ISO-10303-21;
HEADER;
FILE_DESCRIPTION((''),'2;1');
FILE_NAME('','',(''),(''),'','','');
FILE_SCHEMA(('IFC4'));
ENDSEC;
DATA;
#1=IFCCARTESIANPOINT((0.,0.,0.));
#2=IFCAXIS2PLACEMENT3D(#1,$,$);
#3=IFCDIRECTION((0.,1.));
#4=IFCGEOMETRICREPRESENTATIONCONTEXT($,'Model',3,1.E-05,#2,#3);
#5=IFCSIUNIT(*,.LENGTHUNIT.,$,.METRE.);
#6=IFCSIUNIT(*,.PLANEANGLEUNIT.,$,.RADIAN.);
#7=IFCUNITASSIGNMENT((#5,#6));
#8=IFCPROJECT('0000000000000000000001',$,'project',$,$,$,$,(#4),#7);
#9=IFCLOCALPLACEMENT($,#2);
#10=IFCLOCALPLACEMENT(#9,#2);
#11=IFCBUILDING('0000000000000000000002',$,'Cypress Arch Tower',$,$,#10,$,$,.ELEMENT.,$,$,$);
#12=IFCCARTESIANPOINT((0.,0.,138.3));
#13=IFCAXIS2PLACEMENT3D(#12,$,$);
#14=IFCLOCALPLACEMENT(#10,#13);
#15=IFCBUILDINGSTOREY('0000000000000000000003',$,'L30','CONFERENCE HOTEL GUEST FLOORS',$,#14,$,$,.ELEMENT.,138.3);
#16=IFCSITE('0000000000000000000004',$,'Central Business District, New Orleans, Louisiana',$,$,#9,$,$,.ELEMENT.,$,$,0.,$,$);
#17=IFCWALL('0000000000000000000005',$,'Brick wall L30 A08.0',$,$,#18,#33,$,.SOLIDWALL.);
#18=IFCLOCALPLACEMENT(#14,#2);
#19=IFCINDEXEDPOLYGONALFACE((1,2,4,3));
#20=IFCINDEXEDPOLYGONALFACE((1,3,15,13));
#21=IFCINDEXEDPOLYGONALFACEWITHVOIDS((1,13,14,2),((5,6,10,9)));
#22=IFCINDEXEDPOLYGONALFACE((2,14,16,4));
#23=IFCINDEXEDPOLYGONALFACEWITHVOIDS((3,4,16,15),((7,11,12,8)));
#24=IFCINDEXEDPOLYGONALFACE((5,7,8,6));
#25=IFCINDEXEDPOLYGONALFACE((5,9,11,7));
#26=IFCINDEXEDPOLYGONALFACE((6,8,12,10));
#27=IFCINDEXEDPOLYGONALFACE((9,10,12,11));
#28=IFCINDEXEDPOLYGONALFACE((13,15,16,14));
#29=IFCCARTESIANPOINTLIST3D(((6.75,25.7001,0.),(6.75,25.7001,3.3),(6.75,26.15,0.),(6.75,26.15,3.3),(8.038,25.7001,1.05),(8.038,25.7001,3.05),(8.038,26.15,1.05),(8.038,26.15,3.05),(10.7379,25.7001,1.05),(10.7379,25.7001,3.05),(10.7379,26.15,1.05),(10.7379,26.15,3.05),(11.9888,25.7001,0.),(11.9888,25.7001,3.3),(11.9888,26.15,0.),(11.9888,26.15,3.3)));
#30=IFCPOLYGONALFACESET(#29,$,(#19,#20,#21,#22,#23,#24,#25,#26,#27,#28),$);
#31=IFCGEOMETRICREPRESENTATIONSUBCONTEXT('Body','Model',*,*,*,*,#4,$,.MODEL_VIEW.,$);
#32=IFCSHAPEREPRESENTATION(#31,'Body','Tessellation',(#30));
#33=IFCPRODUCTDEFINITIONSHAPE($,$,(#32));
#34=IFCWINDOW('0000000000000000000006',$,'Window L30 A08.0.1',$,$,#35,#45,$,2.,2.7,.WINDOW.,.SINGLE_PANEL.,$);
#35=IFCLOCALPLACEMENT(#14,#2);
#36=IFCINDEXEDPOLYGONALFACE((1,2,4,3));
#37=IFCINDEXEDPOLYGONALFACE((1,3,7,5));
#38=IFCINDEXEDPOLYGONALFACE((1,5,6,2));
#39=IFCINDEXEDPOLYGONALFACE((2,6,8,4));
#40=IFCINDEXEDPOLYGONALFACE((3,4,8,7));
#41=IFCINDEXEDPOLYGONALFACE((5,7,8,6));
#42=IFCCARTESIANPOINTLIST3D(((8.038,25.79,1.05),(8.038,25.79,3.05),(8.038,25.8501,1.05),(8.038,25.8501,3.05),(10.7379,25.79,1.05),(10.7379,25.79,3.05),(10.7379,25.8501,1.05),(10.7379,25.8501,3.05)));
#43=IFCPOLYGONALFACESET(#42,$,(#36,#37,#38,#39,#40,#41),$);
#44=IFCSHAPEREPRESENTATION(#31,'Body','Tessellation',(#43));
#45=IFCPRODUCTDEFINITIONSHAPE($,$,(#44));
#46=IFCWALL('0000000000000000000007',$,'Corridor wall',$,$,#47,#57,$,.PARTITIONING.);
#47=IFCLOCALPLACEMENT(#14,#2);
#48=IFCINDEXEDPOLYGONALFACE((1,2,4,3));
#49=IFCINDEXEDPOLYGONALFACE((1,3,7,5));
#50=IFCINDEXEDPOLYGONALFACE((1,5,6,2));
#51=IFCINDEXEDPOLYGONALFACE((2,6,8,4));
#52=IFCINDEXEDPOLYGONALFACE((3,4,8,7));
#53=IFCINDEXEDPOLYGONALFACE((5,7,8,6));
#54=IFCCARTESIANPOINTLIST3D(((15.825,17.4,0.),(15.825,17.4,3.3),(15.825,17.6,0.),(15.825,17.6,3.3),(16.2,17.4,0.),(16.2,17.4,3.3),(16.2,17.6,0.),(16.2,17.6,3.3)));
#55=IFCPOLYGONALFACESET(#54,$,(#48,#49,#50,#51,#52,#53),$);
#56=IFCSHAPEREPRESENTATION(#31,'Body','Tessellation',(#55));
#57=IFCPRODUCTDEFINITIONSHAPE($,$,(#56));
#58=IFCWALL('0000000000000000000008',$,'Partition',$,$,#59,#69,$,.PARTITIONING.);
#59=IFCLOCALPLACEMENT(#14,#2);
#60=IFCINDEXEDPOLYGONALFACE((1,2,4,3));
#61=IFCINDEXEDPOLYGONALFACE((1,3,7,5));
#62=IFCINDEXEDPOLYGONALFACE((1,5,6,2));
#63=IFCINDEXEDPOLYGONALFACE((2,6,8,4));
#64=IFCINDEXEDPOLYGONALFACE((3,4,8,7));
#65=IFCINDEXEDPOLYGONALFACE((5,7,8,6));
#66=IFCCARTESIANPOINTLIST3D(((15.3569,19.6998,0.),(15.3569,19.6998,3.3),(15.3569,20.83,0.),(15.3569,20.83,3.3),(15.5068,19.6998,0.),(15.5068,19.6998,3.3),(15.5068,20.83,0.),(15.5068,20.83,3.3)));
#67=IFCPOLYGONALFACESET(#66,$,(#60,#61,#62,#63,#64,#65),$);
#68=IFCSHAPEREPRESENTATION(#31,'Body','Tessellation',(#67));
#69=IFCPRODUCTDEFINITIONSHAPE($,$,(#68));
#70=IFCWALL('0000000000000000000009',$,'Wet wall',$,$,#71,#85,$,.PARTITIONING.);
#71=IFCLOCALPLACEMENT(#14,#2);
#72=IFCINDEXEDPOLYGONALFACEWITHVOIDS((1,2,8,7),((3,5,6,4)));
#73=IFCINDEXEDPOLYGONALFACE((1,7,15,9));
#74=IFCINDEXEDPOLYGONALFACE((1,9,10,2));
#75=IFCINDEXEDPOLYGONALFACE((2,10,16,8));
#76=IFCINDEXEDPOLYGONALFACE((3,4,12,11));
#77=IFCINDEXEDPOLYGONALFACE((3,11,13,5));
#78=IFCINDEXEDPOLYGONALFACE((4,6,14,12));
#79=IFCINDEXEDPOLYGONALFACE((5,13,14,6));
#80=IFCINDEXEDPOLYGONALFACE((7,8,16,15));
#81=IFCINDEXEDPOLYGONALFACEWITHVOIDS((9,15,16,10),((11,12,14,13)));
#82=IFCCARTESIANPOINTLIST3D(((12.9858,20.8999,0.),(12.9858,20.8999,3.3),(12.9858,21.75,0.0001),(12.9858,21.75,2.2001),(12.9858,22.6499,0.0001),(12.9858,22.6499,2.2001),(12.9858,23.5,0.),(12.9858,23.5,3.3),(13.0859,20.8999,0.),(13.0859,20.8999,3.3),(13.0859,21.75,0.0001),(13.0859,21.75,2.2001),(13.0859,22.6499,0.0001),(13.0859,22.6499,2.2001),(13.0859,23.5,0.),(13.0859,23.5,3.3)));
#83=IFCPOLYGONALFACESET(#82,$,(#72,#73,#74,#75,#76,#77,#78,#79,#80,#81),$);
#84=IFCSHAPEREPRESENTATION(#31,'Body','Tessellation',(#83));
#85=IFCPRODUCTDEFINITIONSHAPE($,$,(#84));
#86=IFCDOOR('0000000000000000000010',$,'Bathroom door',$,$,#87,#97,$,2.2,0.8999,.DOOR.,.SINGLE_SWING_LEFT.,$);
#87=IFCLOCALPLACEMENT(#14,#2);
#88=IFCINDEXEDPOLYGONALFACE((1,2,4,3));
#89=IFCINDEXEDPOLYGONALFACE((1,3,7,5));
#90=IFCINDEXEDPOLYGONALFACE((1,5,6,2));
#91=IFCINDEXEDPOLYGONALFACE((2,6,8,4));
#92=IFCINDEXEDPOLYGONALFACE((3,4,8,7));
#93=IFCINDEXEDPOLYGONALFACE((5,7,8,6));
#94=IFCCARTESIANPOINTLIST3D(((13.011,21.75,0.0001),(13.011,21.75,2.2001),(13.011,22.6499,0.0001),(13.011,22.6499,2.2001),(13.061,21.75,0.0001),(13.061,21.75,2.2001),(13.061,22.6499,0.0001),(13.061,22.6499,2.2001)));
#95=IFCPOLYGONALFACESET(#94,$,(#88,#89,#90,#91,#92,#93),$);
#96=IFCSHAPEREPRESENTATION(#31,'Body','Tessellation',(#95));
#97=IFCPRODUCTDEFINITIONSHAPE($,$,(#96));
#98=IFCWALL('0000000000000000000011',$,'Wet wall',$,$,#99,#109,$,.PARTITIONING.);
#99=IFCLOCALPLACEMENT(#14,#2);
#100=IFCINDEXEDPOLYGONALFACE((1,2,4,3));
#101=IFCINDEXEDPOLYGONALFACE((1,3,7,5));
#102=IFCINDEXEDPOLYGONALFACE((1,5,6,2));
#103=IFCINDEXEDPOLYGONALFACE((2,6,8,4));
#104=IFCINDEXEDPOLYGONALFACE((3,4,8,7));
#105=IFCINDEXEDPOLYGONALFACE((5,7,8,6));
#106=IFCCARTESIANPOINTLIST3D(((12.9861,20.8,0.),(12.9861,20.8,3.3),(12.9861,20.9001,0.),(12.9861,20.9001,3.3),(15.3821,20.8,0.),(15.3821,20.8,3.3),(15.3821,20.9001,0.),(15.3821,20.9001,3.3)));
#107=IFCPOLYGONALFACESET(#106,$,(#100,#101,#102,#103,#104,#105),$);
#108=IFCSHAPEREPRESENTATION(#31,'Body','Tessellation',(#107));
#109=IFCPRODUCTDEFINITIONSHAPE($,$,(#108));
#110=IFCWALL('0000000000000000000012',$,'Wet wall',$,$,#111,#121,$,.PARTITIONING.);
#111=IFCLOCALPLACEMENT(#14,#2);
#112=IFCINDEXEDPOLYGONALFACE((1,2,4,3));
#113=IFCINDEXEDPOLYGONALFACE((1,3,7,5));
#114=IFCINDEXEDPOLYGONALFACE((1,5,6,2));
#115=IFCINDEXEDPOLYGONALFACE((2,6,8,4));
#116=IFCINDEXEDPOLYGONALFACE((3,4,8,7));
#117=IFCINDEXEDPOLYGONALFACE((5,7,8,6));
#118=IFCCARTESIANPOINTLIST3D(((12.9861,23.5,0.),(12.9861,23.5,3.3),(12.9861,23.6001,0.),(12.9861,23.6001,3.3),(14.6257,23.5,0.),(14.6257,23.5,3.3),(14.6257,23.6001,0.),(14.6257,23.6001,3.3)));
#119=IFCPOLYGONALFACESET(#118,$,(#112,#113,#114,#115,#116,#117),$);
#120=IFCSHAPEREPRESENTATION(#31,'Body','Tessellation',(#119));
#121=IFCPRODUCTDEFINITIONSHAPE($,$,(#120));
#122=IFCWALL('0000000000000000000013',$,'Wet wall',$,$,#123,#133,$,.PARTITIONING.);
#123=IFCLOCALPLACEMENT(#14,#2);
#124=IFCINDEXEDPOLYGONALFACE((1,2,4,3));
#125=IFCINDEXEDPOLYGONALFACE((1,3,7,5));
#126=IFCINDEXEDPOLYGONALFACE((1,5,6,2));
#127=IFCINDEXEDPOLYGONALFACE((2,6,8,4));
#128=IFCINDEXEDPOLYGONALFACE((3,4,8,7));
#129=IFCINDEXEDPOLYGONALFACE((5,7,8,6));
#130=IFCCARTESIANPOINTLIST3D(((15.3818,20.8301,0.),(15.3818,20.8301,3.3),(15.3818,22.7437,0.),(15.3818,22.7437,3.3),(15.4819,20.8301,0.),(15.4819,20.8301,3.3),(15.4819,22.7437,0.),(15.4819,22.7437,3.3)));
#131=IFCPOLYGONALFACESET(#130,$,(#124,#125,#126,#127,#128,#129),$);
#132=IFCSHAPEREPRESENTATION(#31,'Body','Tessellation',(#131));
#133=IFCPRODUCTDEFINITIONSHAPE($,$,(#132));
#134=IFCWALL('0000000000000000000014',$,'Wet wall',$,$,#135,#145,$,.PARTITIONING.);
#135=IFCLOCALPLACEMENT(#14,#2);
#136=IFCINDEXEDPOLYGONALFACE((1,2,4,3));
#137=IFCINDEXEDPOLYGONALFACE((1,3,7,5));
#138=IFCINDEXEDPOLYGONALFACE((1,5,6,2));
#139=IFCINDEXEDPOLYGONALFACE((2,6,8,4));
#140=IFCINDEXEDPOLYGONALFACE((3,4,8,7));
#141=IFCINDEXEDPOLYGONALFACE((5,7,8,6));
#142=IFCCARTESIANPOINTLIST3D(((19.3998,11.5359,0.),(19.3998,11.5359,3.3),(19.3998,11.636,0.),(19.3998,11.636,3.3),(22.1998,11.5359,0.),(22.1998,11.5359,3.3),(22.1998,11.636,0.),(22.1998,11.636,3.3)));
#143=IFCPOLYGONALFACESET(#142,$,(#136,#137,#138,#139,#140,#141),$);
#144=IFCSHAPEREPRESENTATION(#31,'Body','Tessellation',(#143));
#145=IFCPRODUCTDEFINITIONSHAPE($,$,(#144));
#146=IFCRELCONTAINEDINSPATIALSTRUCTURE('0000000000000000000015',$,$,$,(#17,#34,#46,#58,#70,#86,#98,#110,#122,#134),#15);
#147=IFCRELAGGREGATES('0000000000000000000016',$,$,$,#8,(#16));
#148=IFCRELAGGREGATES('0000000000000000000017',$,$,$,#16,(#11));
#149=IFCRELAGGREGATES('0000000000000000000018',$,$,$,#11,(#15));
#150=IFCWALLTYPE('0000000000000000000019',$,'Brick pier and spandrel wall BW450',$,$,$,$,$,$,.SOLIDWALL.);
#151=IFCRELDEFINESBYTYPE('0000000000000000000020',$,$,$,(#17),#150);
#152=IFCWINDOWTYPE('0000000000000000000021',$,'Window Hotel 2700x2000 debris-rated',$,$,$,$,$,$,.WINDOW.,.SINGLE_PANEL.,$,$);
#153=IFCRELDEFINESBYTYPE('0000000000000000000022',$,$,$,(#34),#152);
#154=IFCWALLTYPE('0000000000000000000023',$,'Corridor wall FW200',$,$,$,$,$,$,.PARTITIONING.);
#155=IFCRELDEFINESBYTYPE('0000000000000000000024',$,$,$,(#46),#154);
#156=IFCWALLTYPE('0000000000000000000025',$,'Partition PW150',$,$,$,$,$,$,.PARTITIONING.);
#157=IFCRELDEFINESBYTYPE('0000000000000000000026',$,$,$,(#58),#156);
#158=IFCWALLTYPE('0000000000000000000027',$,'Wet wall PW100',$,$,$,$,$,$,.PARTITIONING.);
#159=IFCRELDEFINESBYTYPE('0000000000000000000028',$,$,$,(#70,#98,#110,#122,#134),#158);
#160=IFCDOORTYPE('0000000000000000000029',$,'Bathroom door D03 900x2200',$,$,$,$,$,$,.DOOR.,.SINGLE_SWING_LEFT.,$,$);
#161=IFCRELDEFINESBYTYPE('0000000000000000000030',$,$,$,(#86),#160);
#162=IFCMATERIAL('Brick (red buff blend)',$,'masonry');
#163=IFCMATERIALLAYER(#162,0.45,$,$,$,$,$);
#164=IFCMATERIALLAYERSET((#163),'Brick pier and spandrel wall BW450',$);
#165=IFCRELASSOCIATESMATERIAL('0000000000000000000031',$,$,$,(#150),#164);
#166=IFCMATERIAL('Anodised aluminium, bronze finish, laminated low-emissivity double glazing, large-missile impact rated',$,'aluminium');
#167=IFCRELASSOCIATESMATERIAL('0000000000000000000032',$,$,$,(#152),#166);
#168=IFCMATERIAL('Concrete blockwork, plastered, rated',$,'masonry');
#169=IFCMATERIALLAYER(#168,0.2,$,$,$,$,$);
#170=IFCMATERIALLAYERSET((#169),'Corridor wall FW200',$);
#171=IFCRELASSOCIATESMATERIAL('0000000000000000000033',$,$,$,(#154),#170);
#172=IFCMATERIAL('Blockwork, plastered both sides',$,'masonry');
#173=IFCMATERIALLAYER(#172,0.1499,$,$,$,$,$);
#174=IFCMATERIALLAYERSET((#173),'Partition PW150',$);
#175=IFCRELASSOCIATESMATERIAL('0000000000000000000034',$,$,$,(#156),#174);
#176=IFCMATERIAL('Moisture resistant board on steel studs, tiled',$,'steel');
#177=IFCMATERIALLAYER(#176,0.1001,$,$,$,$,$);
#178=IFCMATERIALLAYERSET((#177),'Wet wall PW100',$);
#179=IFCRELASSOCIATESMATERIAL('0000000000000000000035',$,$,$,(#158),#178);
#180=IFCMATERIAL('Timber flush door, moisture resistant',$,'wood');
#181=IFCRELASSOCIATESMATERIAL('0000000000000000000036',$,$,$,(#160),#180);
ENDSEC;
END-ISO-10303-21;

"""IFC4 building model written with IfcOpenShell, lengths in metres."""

from ifc_helpers import new_model, si_unit, direction, frame, frame_2d, origin, place, context, subcontext, project, spatial, rectangle, extrude, material, layer, layer_set, type_object, element, fill, save


model = new_model("IFC4")

# Units and contexts
model_context = context("Model", 3, precision=1e-05, world=origin(), true_north=direction((0.0, 1.0)))
body_context = subcontext(model_context, "Body", "Model", "MODEL_VIEW")
ifc_project = project(units=[si_unit("LENGTHUNIT", "METRE"), si_unit("PLANEANGLEUNIT", "RADIAN")], contexts=[model_context])

# Site, building, storey
site_placement = place(None, origin())
site = spatial("IfcSite", under=ifc_project, at=site_placement, Name="Central Business District, New Orleans, Louisiana", CompositionType="ELEMENT", RefElevation=0.0)
building_placement = place(site_placement, origin())
building = spatial("IfcBuilding", under=site, at=building_placement, Name="Cypress Arch Tower", CompositionType="ELEMENT")
storey_placement = place(building_placement, frame((0.0, 0.0, 138.3)))
storey = spatial("IfcBuildingStorey", under=building, at=storey_placement, Name="L30", Description="CONFERENCE HOTEL GUEST FLOORS", CompositionType="ELEMENT", Elevation=138.3)

# Shared definitions
ifc_material_1 = material(Name="Brick (red buff blend)", Category="masonry")
ifc_layer_1 = layer(ifc_material_1, 0.45)
ifc_layer_set_1 = layer_set([ifc_layer_1], Name="Brick pier and spandrel wall BW450")
wall_type_1 = type_object("IfcWallType", Name="Brick pier and spandrel wall BW450", PredefinedType="SOLIDWALL", material=ifc_layer_set_1)
ifc_material_2 = material(Name="Anodised aluminium, bronze finish, laminated low-emissivity double glazing, large-missile impact rated", Category="aluminium")
window_type_1 = type_object("IfcWindowType", Name="Window Hotel 2700x2000 debris-rated", PartitioningType="SINGLE_PANEL", PredefinedType="WINDOW", material=ifc_material_2)

# Wall, opening, window
wall_1_placement = place(storey_placement, frame((11.9888, 25.925, 0.0), z_axis=(0.0, 0.0, 1.0), x_axis=(-1.0, 0.0, 0.0)))
wall_1 = element("IfcWall", 1, at=wall_1_placement, inside=storey, type_object=wall_type_1, Name="Brick wall L30 A08.0", PredefinedType="SOLIDWALL", context=body_context, shape_type="SweptSolid", body=[
    extrude(rectangle(XDim=5.2388, YDim=0.45, at=frame_2d((2.6194, 0.0))), origin(), (0.0, 0.0, 1.0), 3.3),
])
opening_1_placement = place(wall_1_placement, frame((1.2507, 0.0, 1.05)))
opening_1 = element("IfcOpeningElement", 2, at=opening_1_placement, cuts=wall_1, PredefinedType="OPENING", context=body_context, shape_type="SweptSolid", body=[
    extrude(rectangle(XDim=2.7, YDim=2.0, at=frame_2d((1.3501, 1.0))), frame((0.0, 0.2349, 0.0), z_axis=(0.0, -1.0, 0.0), x_axis=(1.0, 0.0, 0.0)), (0.0, 0.0, 1.0), 0.47),
])
window_1_placement = place(opening_1_placement, origin())
window_1 = element("IfcWindow", 3, at=window_1_placement, inside=storey, type_object=window_type_1, Name="Window L30 A08.0.1", OverallHeight=2.0, OverallWidth=2.7, PartitioningType="SINGLE_PANEL", PredefinedType="WINDOW", context=body_context, shape_type="SweptSolid", body=[
    extrude(rectangle(XDim=2.7, YDim=2.0, at=frame_2d((1.3501, 1.0))), frame((0.0, 0.135, 0.0), z_axis=(0.0, -1.0, 0.0), x_axis=(1.0, 0.0, 0.0)), (0.0, 0.0, 1.0), 0.0601),
])
fill(opening_1, window_1)

# Walls
ifc_material_3 = material(Name="Concrete blockwork, plastered, rated", Category="masonry")
ifc_layer_2 = layer(ifc_material_3, 0.2)
ifc_layer_set_2 = layer_set([ifc_layer_2], Name="Corridor wall FW200")
wall_type_2 = type_object("IfcWallType", Name="Corridor wall FW200", PredefinedType="PARTITIONING", material=ifc_layer_set_2)
wall_2_placement = place(storey_placement, frame((15.825, 17.5, 0.0), z_axis=(0.0, 0.0, 1.0), x_axis=(1.0, 0.0, 0.0)))
element("IfcWall", 4, at=wall_2_placement, inside=storey, type_object=wall_type_2, Name="Corridor wall", PredefinedType="PARTITIONING", context=body_context, shape_type="SweptSolid", body=[
    extrude(rectangle(XDim=0.375, YDim=0.2, at=frame_2d((0.1875, 0.0))), origin(), (0.0, 0.0, 1.0), 3.3),
])
ifc_material_4 = material(Name="Blockwork, plastered both sides", Category="masonry")
ifc_layer_3 = layer(ifc_material_4, 0.1499)
ifc_layer_set_3 = layer_set([ifc_layer_3], Name="Partition PW150")
wall_type_3 = type_object("IfcWallType", Name="Partition PW150", PredefinedType="PARTITIONING", material=ifc_layer_set_3)
wall_3_placement = place(storey_placement, frame((15.4319, 19.7, 0.0), z_axis=(0.0, 0.0, 1.0), x_axis=(0.0, 1.0, 0.0)))
element("IfcWall", 5, at=wall_3_placement, inside=storey, type_object=wall_type_3, Name="Partition", PredefinedType="PARTITIONING", context=body_context, shape_type="SweptSolid", body=[
    extrude(rectangle(XDim=1.1301, YDim=0.1499, at=frame_2d((0.5649, 0.0))), origin(), (0.0, 0.0, 1.0), 3.3),
])

# Wall, opening, door
ifc_material_5 = material(Name="Moisture resistant board on steel studs, tiled", Category="steel")
ifc_layer_4 = layer(ifc_material_5, 0.1001)
ifc_layer_set_4 = layer_set([ifc_layer_4], Name="Wet wall PW100")
wall_type_4 = type_object("IfcWallType", Name="Wet wall PW100", PredefinedType="PARTITIONING", material=ifc_layer_set_4)
wall_4_placement = place(storey_placement, frame((13.0359, 20.8999, 0.0), z_axis=(0.0, 0.0, 1.0), x_axis=(0.0, 1.0, 0.0)))
wall_4 = element("IfcWall", 6, at=wall_4_placement, inside=storey, type_object=wall_type_4, Name="Wet wall", PredefinedType="PARTITIONING", context=body_context, shape_type="SweptSolid", body=[
    extrude(rectangle(XDim=2.6001, YDim=0.1001, at=frame_2d((1.3, 0.0))), origin(), (0.0, 0.0, 1.0), 3.3),
])
opening_2_placement = place(wall_4_placement, frame((0.8501, 0.0, 0.0)))
opening_2 = element("IfcOpeningElement", 7, at=opening_2_placement, cuts=wall_4, PredefinedType="OPENING", context=body_context, shape_type="SweptSolid", body=[
    extrude(rectangle(XDim=0.8999, YDim=2.2, at=frame_2d((0.45, 1.1001))), frame((0.0, 0.0601, 0.0), z_axis=(0.0, -1.0, 0.0), x_axis=(1.0, 0.0, 0.0)), (0.0, 0.0, 1.0), 0.1201),
])
ifc_material_6 = material(Name="Timber flush door, moisture resistant", Category="wood")
door_type_1 = type_object("IfcDoorType", Name="Bathroom door D03 900x2200", OperationType="SINGLE_SWING_LEFT", PredefinedType="DOOR", material=ifc_material_6)
door_1_placement = place(opening_2_placement, origin())
door_1 = element("IfcDoor", 8, at=door_1_placement, inside=storey, type_object=door_type_1, Name="Bathroom door", OperationType="SINGLE_SWING_LEFT", OverallHeight=2.2, OverallWidth=0.8999, PredefinedType="DOOR", context=body_context, shape_type="SweptSolid", body=[
    extrude(rectangle(XDim=0.8999, YDim=2.2, at=frame_2d((0.45, 1.1001))), frame((0.0, 0.0249, 0.0), z_axis=(0.0, -1.0, 0.0), x_axis=(1.0, 0.0, 0.0)), (0.0, 0.0, 1.0), 0.05),
])
fill(opening_2, door_1)

# Walls
wall_5_placement = place(storey_placement, frame((12.9861, 20.8501, 0.0), z_axis=(0.0, 0.0, 1.0), x_axis=(1.0, 0.0, 0.0)))
element("IfcWall", 9, at=wall_5_placement, inside=storey, type_object=wall_type_4, Name="Wet wall", PredefinedType="PARTITIONING", context=body_context, shape_type="SweptSolid", body=[
    extrude(rectangle(XDim=2.396, YDim=0.1001, at=frame_2d((1.198, 0.0))), origin(), (0.0, 0.0, 1.0), 3.3),
])
wall_6_placement = place(storey_placement, frame((12.9861, 23.55, 0.0), z_axis=(0.0, 0.0, 1.0), x_axis=(1.0, 0.0, 0.0)))
element("IfcWall", 10, at=wall_6_placement, inside=storey, type_object=wall_type_4, Name="Wet wall", PredefinedType="PARTITIONING", context=body_context, shape_type="SweptSolid", body=[
    extrude(rectangle(XDim=1.6396, YDim=0.1001, at=frame_2d((0.8198, 0.0))), origin(), (0.0, 0.0, 1.0), 3.3),
])
wall_7_placement = place(storey_placement, frame((15.4319, 20.8301, 0.0), z_axis=(0.0, 0.0, 1.0), x_axis=(0.0, 1.0, 0.0)))
element("IfcWall", 11, at=wall_7_placement, inside=storey, type_object=wall_type_4, Name="Wet wall", PredefinedType="PARTITIONING", context=body_context, shape_type="SweptSolid", body=[
    extrude(rectangle(XDim=1.9136, YDim=0.1001, at=frame_2d((0.9568, 0.0))), origin(), (0.0, 0.0, 1.0), 3.3),
])
wall_8_placement = place(storey_placement, frame((19.3999, 11.5859, 0.0), z_axis=(0.0, 0.0, 1.0), x_axis=(1.0, 0.0, 0.0)))
element("IfcWall", 12, at=wall_8_placement, inside=storey, type_object=wall_type_4, Name="Wet wall", PredefinedType="PARTITIONING", context=body_context, shape_type="SweptSolid", body=[
    extrude(rectangle(XDim=2.8, YDim=0.1001, at=frame_2d((1.3999, 0.0))), origin(), (0.0, 0.0, 1.0), 3.3),
])

save(model, "model.ifc")
